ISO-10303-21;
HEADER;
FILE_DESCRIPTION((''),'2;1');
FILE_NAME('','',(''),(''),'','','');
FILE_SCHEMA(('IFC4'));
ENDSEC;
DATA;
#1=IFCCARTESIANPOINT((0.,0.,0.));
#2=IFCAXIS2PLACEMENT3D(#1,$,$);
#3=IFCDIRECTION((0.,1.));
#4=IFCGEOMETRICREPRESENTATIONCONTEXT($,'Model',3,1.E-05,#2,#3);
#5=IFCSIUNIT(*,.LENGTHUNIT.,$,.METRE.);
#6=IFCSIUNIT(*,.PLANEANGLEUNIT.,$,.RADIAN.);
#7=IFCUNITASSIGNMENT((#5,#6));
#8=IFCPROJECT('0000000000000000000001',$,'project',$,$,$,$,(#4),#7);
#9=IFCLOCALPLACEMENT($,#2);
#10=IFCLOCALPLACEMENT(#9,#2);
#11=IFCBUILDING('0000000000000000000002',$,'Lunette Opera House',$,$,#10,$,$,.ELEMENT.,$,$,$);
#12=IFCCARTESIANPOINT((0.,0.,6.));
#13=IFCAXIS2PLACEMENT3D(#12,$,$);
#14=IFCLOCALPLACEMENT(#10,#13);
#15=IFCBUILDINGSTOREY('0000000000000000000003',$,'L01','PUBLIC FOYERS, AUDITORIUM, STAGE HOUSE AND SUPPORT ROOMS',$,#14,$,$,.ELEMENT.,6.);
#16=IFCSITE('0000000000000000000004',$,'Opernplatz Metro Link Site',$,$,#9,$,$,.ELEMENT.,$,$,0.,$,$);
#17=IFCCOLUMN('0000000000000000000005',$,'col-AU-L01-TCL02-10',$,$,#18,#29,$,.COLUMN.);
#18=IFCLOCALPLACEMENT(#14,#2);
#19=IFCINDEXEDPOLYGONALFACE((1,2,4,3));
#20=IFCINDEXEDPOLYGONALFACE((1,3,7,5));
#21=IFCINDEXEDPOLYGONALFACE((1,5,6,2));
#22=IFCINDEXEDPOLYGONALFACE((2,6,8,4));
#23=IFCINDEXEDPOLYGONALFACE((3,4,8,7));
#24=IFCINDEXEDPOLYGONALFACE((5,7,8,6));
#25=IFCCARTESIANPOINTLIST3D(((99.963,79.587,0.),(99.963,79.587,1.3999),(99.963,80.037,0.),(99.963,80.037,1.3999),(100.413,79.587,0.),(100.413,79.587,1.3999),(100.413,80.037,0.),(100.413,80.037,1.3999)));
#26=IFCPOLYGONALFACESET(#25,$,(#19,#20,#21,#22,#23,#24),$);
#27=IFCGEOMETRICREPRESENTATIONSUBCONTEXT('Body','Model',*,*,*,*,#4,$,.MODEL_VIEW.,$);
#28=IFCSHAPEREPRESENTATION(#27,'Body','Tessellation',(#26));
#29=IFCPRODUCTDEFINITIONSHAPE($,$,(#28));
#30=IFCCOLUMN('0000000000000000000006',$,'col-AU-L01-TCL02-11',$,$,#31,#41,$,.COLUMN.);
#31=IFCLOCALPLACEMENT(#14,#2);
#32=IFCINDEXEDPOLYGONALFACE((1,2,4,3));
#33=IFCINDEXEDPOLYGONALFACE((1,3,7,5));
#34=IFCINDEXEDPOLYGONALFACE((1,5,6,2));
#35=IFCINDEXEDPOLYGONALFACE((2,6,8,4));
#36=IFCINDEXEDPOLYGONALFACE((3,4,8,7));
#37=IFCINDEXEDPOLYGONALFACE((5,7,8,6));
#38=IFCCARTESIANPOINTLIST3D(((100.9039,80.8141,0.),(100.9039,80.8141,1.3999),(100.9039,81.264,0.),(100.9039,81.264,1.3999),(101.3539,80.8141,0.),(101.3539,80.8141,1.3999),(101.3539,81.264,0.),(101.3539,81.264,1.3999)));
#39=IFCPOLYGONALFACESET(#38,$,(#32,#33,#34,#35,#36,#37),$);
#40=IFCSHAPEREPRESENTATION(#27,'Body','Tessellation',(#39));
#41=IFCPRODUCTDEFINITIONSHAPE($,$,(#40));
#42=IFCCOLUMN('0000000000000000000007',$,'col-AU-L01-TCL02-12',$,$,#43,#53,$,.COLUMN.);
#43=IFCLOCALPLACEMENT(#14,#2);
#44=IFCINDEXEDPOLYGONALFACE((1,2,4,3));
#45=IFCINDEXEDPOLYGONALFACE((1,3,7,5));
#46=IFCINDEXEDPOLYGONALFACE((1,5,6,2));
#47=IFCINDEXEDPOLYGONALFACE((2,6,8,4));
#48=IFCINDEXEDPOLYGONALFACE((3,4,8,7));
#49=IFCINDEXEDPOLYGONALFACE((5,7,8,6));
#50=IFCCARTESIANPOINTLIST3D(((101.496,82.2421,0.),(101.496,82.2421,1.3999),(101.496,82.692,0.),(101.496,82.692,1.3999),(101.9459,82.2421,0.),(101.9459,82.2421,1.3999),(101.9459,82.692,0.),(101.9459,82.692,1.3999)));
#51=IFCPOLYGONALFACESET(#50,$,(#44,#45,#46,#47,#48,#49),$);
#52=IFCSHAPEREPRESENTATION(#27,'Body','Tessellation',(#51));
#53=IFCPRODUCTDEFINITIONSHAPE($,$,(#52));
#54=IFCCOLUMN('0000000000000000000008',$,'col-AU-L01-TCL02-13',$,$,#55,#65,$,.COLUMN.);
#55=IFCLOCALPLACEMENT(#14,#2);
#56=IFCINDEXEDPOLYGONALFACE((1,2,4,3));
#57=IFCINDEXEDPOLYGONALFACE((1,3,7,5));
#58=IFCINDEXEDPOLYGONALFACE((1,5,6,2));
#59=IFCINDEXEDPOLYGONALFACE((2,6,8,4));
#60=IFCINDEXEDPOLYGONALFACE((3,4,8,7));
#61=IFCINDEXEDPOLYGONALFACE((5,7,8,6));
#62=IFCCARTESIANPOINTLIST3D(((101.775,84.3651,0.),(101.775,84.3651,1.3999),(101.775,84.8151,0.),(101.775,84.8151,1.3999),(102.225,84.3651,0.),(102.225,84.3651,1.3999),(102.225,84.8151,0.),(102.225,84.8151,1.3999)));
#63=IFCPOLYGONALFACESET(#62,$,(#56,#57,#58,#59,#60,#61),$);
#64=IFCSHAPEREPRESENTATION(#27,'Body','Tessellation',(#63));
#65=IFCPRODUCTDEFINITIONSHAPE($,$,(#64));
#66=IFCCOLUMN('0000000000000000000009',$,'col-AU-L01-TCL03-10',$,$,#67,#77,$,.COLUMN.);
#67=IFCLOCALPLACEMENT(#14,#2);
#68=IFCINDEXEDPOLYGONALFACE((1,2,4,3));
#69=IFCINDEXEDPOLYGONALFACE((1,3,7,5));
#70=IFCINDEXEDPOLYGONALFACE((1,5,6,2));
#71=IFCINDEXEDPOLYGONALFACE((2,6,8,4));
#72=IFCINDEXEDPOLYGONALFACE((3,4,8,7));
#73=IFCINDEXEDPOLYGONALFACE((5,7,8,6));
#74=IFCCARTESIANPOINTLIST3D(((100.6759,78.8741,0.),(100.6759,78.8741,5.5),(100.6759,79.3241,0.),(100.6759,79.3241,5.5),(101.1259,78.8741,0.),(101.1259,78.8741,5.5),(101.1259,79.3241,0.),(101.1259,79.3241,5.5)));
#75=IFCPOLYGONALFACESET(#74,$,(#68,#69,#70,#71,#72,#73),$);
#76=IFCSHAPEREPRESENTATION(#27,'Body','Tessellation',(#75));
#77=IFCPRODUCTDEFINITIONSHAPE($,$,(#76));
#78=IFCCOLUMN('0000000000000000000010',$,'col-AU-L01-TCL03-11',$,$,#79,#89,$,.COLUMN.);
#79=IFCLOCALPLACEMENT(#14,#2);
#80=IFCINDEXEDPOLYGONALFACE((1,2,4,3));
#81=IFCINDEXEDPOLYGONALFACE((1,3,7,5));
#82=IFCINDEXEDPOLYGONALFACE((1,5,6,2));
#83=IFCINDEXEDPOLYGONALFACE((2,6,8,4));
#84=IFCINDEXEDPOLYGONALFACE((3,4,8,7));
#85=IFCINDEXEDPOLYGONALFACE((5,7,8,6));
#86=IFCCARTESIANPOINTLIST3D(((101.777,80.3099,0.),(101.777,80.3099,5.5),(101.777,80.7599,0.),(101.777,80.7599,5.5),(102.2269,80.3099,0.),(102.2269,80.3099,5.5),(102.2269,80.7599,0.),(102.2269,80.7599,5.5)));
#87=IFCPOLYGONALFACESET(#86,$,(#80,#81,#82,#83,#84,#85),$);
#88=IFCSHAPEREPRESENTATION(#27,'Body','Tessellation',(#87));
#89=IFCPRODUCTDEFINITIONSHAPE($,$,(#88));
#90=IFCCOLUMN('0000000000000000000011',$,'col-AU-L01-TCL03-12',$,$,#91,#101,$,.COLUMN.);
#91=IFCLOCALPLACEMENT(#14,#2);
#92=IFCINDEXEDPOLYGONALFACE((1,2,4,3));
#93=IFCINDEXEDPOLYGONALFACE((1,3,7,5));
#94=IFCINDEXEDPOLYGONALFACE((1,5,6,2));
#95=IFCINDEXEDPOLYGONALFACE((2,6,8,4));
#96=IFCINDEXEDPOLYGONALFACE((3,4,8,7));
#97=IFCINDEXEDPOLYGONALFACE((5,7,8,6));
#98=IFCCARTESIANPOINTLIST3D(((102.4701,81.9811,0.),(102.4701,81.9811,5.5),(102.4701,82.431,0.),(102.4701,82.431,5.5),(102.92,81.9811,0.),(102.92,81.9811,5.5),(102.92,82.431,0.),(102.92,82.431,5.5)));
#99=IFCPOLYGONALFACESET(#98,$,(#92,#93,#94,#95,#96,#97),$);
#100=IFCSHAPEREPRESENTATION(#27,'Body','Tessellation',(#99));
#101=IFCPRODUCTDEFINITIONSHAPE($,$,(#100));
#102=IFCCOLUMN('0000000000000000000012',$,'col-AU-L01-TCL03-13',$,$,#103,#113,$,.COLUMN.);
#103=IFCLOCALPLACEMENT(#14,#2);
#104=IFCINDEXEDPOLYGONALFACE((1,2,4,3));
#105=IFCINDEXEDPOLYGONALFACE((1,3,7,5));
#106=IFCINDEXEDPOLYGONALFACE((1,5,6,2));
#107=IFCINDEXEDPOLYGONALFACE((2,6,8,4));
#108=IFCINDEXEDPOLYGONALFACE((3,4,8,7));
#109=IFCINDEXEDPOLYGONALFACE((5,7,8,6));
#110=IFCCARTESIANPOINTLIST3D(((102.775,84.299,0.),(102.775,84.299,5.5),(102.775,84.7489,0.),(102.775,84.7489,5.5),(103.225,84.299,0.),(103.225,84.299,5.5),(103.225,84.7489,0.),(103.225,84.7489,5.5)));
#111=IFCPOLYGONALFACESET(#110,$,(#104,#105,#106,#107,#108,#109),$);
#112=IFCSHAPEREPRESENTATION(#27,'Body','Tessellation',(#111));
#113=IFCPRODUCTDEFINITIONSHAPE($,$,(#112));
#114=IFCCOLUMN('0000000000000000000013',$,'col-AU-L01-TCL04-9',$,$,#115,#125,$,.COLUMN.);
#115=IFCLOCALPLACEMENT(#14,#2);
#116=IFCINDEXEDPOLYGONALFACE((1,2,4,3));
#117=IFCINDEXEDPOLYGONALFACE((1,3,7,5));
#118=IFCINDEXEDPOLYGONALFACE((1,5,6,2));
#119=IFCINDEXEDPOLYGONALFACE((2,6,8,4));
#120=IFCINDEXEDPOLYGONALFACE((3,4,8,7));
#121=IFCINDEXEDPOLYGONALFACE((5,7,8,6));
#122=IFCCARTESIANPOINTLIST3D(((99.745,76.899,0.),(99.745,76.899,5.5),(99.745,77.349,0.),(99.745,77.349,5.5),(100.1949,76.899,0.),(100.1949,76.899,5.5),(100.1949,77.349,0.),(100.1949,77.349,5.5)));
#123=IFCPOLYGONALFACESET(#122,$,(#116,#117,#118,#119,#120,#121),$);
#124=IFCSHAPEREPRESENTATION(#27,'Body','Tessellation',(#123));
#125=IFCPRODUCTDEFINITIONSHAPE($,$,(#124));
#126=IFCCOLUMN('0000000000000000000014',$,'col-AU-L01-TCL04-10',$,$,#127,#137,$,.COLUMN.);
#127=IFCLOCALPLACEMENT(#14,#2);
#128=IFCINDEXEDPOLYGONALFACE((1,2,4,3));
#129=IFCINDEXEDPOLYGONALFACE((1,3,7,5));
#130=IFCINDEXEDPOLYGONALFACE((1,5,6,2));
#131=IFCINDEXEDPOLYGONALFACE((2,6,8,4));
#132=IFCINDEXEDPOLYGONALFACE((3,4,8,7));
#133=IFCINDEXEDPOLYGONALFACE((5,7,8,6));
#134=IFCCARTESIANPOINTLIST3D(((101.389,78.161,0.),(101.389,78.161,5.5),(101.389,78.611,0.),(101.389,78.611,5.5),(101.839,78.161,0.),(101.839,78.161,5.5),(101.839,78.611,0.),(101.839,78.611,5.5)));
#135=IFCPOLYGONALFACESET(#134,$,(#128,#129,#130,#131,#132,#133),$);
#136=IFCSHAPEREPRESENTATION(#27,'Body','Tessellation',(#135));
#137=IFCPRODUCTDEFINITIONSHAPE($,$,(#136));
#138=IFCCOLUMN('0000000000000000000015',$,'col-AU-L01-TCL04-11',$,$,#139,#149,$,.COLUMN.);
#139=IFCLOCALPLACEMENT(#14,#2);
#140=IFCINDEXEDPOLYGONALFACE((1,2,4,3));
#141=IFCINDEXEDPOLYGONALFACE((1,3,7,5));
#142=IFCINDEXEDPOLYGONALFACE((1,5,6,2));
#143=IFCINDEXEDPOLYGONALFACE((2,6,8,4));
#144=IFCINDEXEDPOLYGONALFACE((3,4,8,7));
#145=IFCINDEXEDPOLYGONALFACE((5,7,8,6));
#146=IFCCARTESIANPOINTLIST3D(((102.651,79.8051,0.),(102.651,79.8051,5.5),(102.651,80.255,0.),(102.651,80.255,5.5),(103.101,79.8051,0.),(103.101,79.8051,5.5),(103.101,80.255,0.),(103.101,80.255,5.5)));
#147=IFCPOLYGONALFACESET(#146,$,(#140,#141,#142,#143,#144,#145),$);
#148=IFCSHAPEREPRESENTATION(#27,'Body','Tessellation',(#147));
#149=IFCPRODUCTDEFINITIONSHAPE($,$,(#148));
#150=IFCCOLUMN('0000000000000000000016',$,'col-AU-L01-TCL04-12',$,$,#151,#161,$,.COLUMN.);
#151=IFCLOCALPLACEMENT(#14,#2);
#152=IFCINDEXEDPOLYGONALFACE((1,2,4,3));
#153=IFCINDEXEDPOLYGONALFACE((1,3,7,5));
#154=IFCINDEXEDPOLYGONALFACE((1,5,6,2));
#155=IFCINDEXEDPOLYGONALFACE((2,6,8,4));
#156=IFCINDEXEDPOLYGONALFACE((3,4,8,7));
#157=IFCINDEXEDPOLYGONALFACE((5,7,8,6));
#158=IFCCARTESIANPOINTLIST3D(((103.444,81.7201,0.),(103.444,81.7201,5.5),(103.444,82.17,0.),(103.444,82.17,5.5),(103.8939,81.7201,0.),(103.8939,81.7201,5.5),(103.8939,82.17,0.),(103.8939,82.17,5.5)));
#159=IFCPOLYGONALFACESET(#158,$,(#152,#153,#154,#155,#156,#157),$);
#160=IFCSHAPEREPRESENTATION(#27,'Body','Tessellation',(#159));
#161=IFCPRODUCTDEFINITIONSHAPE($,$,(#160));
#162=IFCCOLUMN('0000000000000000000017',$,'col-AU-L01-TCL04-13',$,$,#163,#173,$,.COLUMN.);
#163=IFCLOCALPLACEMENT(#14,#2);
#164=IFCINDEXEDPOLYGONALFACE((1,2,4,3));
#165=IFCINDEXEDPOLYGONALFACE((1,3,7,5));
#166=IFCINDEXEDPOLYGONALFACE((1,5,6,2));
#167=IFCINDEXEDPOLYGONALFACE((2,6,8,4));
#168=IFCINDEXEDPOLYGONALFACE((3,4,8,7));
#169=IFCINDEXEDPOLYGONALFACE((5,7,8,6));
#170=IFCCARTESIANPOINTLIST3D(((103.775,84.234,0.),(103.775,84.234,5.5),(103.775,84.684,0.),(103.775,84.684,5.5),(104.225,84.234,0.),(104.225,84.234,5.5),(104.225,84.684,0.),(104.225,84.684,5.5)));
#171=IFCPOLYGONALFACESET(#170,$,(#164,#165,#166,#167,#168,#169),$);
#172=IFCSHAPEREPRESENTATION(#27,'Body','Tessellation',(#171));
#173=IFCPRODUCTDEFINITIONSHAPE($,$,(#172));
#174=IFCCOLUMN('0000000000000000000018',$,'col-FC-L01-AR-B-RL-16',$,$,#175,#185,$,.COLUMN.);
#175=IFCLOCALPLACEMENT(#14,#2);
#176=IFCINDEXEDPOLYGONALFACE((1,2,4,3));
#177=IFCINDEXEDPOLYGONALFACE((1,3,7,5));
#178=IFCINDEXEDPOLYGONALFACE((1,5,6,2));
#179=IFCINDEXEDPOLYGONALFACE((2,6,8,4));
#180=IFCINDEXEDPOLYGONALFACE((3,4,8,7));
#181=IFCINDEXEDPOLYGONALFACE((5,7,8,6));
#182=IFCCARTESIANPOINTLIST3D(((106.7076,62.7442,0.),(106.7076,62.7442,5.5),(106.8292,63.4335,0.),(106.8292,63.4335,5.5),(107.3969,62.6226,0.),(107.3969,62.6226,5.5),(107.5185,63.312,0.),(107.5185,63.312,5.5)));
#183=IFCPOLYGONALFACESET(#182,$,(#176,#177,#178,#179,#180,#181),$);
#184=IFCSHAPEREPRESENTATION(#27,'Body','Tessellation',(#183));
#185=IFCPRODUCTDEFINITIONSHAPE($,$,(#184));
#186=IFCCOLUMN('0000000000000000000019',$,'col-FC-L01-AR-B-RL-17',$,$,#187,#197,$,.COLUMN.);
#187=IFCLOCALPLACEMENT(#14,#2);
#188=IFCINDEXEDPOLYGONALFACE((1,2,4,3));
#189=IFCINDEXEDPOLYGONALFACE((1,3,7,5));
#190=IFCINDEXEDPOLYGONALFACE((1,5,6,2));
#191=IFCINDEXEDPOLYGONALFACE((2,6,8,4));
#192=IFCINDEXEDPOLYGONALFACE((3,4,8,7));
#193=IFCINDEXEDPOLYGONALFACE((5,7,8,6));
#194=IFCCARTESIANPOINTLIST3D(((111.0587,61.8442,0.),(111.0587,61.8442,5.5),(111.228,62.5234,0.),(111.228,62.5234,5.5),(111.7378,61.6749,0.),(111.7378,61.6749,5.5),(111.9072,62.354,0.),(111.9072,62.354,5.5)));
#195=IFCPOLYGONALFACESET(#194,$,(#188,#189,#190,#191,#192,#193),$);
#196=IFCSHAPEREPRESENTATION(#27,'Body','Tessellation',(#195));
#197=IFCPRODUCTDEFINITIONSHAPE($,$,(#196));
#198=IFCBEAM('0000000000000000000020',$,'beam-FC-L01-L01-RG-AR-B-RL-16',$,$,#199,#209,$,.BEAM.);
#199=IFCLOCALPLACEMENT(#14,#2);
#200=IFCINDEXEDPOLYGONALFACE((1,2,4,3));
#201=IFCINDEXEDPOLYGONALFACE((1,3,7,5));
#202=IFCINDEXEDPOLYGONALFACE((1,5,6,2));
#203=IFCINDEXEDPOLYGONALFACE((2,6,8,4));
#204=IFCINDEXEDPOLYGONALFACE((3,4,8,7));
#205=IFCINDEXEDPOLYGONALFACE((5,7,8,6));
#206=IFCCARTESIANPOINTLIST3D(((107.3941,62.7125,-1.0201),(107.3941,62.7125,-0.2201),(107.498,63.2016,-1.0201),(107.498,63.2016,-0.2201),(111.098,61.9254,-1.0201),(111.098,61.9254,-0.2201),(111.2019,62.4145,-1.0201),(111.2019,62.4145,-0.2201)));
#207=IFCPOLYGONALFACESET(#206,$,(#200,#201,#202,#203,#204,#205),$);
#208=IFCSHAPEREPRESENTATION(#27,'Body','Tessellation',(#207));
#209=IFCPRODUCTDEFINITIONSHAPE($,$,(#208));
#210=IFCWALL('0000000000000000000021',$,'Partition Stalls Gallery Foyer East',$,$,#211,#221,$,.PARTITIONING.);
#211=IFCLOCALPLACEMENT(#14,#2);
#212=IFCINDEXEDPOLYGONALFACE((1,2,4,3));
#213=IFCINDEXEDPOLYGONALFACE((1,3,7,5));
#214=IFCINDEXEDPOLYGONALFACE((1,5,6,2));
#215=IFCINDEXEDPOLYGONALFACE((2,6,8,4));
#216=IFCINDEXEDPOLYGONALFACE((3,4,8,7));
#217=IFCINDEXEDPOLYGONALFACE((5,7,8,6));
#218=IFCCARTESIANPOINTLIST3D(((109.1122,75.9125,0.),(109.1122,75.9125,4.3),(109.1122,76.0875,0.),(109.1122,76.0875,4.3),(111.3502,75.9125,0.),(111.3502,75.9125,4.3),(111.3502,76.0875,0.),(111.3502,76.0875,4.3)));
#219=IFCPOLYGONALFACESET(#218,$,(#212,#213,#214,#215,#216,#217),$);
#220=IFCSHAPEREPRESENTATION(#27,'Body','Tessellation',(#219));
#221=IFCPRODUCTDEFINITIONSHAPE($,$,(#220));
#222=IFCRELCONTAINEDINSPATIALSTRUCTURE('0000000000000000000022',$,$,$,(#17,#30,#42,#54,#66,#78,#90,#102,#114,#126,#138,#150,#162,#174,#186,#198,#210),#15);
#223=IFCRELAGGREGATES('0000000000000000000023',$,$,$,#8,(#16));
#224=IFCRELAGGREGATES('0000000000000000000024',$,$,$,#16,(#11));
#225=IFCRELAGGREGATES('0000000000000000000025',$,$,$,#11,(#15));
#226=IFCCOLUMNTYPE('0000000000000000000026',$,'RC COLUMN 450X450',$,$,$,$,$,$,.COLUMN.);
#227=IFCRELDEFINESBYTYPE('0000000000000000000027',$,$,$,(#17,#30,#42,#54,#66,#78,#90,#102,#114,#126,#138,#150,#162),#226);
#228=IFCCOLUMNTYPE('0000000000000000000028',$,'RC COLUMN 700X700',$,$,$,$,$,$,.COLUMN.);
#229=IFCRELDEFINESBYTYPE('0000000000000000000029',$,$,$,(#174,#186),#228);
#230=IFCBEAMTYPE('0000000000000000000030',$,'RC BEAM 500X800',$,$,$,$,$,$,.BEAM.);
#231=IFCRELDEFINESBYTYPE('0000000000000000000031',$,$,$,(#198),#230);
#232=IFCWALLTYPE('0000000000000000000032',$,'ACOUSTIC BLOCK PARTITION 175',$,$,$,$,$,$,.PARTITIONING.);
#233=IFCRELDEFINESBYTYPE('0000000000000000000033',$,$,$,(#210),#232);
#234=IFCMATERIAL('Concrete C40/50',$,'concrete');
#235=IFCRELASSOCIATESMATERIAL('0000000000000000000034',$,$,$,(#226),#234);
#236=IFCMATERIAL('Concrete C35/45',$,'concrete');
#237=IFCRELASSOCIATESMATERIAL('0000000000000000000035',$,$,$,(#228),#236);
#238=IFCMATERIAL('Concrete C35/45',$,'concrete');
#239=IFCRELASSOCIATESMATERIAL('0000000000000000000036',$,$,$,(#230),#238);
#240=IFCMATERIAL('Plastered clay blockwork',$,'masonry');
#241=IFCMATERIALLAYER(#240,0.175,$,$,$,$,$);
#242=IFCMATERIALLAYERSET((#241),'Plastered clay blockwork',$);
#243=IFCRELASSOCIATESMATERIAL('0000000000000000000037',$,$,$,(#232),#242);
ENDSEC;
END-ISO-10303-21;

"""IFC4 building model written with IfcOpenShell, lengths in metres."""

from ifc_helpers import new_model, si_unit, direction, frame, frame_2d, origin, origin_2d, place, context, subcontext, project, spatial, rectangle, extrude, material, layer, layer_set, material_profile, profile_set, type_object, element, save


model = new_model("IFC4")

# Units and contexts
model_context = context("Model", 3, precision=1e-05, world=origin(), true_north=direction((0.0, 1.0)))
body_context = subcontext(model_context, "Body", "Model", "MODEL_VIEW")
ifc_project = project(units=[si_unit("LENGTHUNIT", "METRE"), si_unit("PLANEANGLEUNIT", "RADIAN")], contexts=[model_context])

# Site, building, storey
site_placement = place(None, origin())
site = spatial("IfcSite", under=ifc_project, at=site_placement, Name="Opernplatz Metro Link Site", CompositionType="ELEMENT", RefElevation=0.0)
building_placement = place(site_placement, origin())
building = spatial("IfcBuilding", under=site, at=building_placement, Name="Lunette Opera House", CompositionType="ELEMENT")
storey_placement = place(building_placement, frame((0.0, 0.0, 6.0)))
storey = spatial("IfcBuildingStorey", under=building, at=storey_placement, Name="L01", Description="PUBLIC FOYERS, AUDITORIUM, STAGE HOUSE AND SUPPORT ROOMS", CompositionType="ELEMENT", Elevation=6.0)

# Columns
ifc_material_1 = material(Name="Concrete C40/50", Category="concrete")
ifc_material_profile_1 = material_profile(ifc_material_1, rectangle(XDim=0.45, YDim=0.45, at=origin_2d()), Name="RC COLUMN 450X450")
ifc_profile_set_1 = profile_set([ifc_material_profile_1], Name="Concrete C40/50")
column_type_1 = type_object("IfcColumnType", Name="RC COLUMN 450X450", PredefinedType="COLUMN", material=ifc_profile_set_1)
for number, where, z_axis, x_axis, name in (
    (1, (100.188, 79.812, 0.0), (0.0, 0.0, 1.0), (1.0, 0.0, 0.0), "col-AU-L01-TCL02-10"),
    (2, (101.1289, 81.0391, 0.0), (0.0, 0.0, 1.0), (1.0, 0.0, 0.0), "col-AU-L01-TCL02-11"),
    (3, (101.7209, 82.467, 0.0), (0.0, 0.0, 1.0), (1.0, 0.0, 0.0), "col-AU-L01-TCL02-12"),
    (4, (102.0, 84.5901, 0.0), (0.0, 0.0, 1.0), (1.0, 0.0, 0.0), "col-AU-L01-TCL02-13"),
):
    element("IfcColumn", number, at=place(storey_placement, frame(where, z_axis=z_axis, x_axis=x_axis)), inside=storey, type_object=column_type_1, Name=name, PredefinedType="COLUMN", context=body_context, shape_type="SweptSolid", body=[
        extrude(rectangle(XDim=0.45, YDim=0.45, at=origin_2d()), origin(), (0.0, 0.0, 1.0), 1.3999),
    ])
for number, where, z_axis, x_axis, name in (
    (5, (100.9009, 79.0991, 0.0), (0.0, 0.0, 1.0), (1.0, 0.0, 0.0), "col-AU-L01-TCL03-10"),
    (6, (102.002, 80.5349, 0.0), (0.0, 0.0, 1.0), (1.0, 0.0, 0.0), "col-AU-L01-TCL03-11"),
    (7, (102.6951, 82.2061, 0.0), (0.0, 0.0, 1.0), (1.0, 0.0, 0.0), "col-AU-L01-TCL03-12"),
    (8, (103.0, 84.5239, 0.0), (0.0, 0.0, 1.0), (1.0, 0.0, 0.0), "col-AU-L01-TCL03-13"),
    (9, (99.97, 77.124, 0.0), (0.0, 0.0, 1.0), (1.0, 0.0, 0.0), "col-AU-L01-TCL04-9"),
    (10, (101.614, 78.386, 0.0), (0.0, 0.0, 1.0), (1.0, 0.0, 0.0), "col-AU-L01-TCL04-10"),
    (11, (102.876, 80.03, 0.0), (0.0, 0.0, 1.0), (1.0, 0.0, 0.0), "col-AU-L01-TCL04-11"),
    (12, (103.6689, 81.9451, 0.0), (0.0, 0.0, 1.0), (1.0, 0.0, 0.0), "col-AU-L01-TCL04-12"),
    (13, (104.0, 84.459, 0.0), (0.0, 0.0, 1.0), (1.0, 0.0, 0.0), "col-AU-L01-TCL04-13"),
):
    element("IfcColumn", number, at=place(storey_placement, frame(where, z_axis=z_axis, x_axis=x_axis)), inside=storey, type_object=column_type_1, Name=name, PredefinedType="COLUMN", context=body_context, shape_type="SweptSolid", body=[
        extrude(rectangle(XDim=0.45, YDim=0.45, at=origin_2d()), origin(), (0.0, 0.0, 1.0), 5.5),
    ])
ifc_material_2 = material(Name="Concrete C35/45", Category="concrete")
ifc_material_profile_2 = material_profile(ifc_material_2, rectangle(XDim=0.7, YDim=0.7, at=origin_2d()), Name="RC COLUMN 700X700")
ifc_profile_set_2 = profile_set([ifc_material_profile_2], Name="Concrete C35/45")
column_type_2 = type_object("IfcColumnType", Name="RC COLUMN 700X700", PredefinedType="COLUMN", material=ifc_profile_set_2)
for number, where, z_axis, x_axis, name in (
    (14, (107.113, 63.0281, 0.0), (0.0, 0.0, 1.0), (0.984808, -0.173648, 0.0), "col-FC-L01-AR-B-RL-16"),
    (15, (111.4829, 62.0991, 0.0), (0.0, 0.0, 1.0), (0.970296, -0.241922, 0.0), "col-FC-L01-AR-B-RL-17"),
):
    element("IfcColumn", number, at=place(storey_placement, frame(where, z_axis=z_axis, x_axis=x_axis)), inside=storey, type_object=column_type_2, Name=name, PredefinedType="COLUMN", context=body_context, shape_type="SweptSolid", body=[
        extrude(rectangle(XDim=0.7, YDim=0.7, at=origin_2d()), origin(), (0.0, 0.0, 1.0), 5.5),
    ])

# Beam
ifc_material_3 = material(Name="Concrete C35/45", Category="concrete")
ifc_material_profile_3 = material_profile(ifc_material_3, rectangle(XDim=0.5, YDim=0.8, at=origin_2d()), Name="RC BEAM 500X800")
ifc_profile_set_3 = profile_set([ifc_material_profile_3], Name="Concrete C35/45")
beam_type = type_object("IfcBeamType", Name="RC BEAM 500X800", PredefinedType="BEAM", material=ifc_profile_set_3)
beam_placement = place(storey_placement, frame((107.446, 62.957, -0.6201), z_axis=(0.978157, -0.207869, 0.0), x_axis=(0.207869, 0.978157, 0.0)))
element("IfcBeam", 16, at=beam_placement, inside=storey, type_object=beam_type, Name="beam-FC-L01-L01-RG-AR-B-RL-16", PredefinedType="BEAM", context=body_context, shape_type="SweptSolid", body=[
    extrude(rectangle(XDim=0.5, YDim=0.8, at=origin_2d()), origin(), (0.0, 0.0, 1.0), 3.7866),
])

# Wall
ifc_material_4 = material(Name="Plastered clay blockwork", Category="masonry")
ifc_layer_1 = layer(ifc_material_4, 0.175)
ifc_layer_set_1 = layer_set([ifc_layer_1], Name="Plastered clay blockwork")
wall_type_1 = type_object("IfcWallType", Name="ACOUSTIC BLOCK PARTITION 175", PredefinedType="PARTITIONING", material=ifc_layer_set_1)
wall_1_placement = place(storey_placement, frame((109.1121, 76.0, 0.0), z_axis=(0.0, 0.0, 1.0), x_axis=(1.0, 0.0, 0.0)))
element("IfcWall", 17, at=wall_1_placement, inside=storey, type_object=wall_type_1, Name="Partition Stalls Gallery Foyer East", PredefinedType="PARTITIONING", context=body_context, shape_type="SweptSolid", body=[
    extrude(rectangle(XDim=2.238, YDim=0.175, at=frame_2d((1.1191, 0.0))), origin(), (0.0, 0.0, 1.0), 4.3),
])

save(model, "model.ifc")
